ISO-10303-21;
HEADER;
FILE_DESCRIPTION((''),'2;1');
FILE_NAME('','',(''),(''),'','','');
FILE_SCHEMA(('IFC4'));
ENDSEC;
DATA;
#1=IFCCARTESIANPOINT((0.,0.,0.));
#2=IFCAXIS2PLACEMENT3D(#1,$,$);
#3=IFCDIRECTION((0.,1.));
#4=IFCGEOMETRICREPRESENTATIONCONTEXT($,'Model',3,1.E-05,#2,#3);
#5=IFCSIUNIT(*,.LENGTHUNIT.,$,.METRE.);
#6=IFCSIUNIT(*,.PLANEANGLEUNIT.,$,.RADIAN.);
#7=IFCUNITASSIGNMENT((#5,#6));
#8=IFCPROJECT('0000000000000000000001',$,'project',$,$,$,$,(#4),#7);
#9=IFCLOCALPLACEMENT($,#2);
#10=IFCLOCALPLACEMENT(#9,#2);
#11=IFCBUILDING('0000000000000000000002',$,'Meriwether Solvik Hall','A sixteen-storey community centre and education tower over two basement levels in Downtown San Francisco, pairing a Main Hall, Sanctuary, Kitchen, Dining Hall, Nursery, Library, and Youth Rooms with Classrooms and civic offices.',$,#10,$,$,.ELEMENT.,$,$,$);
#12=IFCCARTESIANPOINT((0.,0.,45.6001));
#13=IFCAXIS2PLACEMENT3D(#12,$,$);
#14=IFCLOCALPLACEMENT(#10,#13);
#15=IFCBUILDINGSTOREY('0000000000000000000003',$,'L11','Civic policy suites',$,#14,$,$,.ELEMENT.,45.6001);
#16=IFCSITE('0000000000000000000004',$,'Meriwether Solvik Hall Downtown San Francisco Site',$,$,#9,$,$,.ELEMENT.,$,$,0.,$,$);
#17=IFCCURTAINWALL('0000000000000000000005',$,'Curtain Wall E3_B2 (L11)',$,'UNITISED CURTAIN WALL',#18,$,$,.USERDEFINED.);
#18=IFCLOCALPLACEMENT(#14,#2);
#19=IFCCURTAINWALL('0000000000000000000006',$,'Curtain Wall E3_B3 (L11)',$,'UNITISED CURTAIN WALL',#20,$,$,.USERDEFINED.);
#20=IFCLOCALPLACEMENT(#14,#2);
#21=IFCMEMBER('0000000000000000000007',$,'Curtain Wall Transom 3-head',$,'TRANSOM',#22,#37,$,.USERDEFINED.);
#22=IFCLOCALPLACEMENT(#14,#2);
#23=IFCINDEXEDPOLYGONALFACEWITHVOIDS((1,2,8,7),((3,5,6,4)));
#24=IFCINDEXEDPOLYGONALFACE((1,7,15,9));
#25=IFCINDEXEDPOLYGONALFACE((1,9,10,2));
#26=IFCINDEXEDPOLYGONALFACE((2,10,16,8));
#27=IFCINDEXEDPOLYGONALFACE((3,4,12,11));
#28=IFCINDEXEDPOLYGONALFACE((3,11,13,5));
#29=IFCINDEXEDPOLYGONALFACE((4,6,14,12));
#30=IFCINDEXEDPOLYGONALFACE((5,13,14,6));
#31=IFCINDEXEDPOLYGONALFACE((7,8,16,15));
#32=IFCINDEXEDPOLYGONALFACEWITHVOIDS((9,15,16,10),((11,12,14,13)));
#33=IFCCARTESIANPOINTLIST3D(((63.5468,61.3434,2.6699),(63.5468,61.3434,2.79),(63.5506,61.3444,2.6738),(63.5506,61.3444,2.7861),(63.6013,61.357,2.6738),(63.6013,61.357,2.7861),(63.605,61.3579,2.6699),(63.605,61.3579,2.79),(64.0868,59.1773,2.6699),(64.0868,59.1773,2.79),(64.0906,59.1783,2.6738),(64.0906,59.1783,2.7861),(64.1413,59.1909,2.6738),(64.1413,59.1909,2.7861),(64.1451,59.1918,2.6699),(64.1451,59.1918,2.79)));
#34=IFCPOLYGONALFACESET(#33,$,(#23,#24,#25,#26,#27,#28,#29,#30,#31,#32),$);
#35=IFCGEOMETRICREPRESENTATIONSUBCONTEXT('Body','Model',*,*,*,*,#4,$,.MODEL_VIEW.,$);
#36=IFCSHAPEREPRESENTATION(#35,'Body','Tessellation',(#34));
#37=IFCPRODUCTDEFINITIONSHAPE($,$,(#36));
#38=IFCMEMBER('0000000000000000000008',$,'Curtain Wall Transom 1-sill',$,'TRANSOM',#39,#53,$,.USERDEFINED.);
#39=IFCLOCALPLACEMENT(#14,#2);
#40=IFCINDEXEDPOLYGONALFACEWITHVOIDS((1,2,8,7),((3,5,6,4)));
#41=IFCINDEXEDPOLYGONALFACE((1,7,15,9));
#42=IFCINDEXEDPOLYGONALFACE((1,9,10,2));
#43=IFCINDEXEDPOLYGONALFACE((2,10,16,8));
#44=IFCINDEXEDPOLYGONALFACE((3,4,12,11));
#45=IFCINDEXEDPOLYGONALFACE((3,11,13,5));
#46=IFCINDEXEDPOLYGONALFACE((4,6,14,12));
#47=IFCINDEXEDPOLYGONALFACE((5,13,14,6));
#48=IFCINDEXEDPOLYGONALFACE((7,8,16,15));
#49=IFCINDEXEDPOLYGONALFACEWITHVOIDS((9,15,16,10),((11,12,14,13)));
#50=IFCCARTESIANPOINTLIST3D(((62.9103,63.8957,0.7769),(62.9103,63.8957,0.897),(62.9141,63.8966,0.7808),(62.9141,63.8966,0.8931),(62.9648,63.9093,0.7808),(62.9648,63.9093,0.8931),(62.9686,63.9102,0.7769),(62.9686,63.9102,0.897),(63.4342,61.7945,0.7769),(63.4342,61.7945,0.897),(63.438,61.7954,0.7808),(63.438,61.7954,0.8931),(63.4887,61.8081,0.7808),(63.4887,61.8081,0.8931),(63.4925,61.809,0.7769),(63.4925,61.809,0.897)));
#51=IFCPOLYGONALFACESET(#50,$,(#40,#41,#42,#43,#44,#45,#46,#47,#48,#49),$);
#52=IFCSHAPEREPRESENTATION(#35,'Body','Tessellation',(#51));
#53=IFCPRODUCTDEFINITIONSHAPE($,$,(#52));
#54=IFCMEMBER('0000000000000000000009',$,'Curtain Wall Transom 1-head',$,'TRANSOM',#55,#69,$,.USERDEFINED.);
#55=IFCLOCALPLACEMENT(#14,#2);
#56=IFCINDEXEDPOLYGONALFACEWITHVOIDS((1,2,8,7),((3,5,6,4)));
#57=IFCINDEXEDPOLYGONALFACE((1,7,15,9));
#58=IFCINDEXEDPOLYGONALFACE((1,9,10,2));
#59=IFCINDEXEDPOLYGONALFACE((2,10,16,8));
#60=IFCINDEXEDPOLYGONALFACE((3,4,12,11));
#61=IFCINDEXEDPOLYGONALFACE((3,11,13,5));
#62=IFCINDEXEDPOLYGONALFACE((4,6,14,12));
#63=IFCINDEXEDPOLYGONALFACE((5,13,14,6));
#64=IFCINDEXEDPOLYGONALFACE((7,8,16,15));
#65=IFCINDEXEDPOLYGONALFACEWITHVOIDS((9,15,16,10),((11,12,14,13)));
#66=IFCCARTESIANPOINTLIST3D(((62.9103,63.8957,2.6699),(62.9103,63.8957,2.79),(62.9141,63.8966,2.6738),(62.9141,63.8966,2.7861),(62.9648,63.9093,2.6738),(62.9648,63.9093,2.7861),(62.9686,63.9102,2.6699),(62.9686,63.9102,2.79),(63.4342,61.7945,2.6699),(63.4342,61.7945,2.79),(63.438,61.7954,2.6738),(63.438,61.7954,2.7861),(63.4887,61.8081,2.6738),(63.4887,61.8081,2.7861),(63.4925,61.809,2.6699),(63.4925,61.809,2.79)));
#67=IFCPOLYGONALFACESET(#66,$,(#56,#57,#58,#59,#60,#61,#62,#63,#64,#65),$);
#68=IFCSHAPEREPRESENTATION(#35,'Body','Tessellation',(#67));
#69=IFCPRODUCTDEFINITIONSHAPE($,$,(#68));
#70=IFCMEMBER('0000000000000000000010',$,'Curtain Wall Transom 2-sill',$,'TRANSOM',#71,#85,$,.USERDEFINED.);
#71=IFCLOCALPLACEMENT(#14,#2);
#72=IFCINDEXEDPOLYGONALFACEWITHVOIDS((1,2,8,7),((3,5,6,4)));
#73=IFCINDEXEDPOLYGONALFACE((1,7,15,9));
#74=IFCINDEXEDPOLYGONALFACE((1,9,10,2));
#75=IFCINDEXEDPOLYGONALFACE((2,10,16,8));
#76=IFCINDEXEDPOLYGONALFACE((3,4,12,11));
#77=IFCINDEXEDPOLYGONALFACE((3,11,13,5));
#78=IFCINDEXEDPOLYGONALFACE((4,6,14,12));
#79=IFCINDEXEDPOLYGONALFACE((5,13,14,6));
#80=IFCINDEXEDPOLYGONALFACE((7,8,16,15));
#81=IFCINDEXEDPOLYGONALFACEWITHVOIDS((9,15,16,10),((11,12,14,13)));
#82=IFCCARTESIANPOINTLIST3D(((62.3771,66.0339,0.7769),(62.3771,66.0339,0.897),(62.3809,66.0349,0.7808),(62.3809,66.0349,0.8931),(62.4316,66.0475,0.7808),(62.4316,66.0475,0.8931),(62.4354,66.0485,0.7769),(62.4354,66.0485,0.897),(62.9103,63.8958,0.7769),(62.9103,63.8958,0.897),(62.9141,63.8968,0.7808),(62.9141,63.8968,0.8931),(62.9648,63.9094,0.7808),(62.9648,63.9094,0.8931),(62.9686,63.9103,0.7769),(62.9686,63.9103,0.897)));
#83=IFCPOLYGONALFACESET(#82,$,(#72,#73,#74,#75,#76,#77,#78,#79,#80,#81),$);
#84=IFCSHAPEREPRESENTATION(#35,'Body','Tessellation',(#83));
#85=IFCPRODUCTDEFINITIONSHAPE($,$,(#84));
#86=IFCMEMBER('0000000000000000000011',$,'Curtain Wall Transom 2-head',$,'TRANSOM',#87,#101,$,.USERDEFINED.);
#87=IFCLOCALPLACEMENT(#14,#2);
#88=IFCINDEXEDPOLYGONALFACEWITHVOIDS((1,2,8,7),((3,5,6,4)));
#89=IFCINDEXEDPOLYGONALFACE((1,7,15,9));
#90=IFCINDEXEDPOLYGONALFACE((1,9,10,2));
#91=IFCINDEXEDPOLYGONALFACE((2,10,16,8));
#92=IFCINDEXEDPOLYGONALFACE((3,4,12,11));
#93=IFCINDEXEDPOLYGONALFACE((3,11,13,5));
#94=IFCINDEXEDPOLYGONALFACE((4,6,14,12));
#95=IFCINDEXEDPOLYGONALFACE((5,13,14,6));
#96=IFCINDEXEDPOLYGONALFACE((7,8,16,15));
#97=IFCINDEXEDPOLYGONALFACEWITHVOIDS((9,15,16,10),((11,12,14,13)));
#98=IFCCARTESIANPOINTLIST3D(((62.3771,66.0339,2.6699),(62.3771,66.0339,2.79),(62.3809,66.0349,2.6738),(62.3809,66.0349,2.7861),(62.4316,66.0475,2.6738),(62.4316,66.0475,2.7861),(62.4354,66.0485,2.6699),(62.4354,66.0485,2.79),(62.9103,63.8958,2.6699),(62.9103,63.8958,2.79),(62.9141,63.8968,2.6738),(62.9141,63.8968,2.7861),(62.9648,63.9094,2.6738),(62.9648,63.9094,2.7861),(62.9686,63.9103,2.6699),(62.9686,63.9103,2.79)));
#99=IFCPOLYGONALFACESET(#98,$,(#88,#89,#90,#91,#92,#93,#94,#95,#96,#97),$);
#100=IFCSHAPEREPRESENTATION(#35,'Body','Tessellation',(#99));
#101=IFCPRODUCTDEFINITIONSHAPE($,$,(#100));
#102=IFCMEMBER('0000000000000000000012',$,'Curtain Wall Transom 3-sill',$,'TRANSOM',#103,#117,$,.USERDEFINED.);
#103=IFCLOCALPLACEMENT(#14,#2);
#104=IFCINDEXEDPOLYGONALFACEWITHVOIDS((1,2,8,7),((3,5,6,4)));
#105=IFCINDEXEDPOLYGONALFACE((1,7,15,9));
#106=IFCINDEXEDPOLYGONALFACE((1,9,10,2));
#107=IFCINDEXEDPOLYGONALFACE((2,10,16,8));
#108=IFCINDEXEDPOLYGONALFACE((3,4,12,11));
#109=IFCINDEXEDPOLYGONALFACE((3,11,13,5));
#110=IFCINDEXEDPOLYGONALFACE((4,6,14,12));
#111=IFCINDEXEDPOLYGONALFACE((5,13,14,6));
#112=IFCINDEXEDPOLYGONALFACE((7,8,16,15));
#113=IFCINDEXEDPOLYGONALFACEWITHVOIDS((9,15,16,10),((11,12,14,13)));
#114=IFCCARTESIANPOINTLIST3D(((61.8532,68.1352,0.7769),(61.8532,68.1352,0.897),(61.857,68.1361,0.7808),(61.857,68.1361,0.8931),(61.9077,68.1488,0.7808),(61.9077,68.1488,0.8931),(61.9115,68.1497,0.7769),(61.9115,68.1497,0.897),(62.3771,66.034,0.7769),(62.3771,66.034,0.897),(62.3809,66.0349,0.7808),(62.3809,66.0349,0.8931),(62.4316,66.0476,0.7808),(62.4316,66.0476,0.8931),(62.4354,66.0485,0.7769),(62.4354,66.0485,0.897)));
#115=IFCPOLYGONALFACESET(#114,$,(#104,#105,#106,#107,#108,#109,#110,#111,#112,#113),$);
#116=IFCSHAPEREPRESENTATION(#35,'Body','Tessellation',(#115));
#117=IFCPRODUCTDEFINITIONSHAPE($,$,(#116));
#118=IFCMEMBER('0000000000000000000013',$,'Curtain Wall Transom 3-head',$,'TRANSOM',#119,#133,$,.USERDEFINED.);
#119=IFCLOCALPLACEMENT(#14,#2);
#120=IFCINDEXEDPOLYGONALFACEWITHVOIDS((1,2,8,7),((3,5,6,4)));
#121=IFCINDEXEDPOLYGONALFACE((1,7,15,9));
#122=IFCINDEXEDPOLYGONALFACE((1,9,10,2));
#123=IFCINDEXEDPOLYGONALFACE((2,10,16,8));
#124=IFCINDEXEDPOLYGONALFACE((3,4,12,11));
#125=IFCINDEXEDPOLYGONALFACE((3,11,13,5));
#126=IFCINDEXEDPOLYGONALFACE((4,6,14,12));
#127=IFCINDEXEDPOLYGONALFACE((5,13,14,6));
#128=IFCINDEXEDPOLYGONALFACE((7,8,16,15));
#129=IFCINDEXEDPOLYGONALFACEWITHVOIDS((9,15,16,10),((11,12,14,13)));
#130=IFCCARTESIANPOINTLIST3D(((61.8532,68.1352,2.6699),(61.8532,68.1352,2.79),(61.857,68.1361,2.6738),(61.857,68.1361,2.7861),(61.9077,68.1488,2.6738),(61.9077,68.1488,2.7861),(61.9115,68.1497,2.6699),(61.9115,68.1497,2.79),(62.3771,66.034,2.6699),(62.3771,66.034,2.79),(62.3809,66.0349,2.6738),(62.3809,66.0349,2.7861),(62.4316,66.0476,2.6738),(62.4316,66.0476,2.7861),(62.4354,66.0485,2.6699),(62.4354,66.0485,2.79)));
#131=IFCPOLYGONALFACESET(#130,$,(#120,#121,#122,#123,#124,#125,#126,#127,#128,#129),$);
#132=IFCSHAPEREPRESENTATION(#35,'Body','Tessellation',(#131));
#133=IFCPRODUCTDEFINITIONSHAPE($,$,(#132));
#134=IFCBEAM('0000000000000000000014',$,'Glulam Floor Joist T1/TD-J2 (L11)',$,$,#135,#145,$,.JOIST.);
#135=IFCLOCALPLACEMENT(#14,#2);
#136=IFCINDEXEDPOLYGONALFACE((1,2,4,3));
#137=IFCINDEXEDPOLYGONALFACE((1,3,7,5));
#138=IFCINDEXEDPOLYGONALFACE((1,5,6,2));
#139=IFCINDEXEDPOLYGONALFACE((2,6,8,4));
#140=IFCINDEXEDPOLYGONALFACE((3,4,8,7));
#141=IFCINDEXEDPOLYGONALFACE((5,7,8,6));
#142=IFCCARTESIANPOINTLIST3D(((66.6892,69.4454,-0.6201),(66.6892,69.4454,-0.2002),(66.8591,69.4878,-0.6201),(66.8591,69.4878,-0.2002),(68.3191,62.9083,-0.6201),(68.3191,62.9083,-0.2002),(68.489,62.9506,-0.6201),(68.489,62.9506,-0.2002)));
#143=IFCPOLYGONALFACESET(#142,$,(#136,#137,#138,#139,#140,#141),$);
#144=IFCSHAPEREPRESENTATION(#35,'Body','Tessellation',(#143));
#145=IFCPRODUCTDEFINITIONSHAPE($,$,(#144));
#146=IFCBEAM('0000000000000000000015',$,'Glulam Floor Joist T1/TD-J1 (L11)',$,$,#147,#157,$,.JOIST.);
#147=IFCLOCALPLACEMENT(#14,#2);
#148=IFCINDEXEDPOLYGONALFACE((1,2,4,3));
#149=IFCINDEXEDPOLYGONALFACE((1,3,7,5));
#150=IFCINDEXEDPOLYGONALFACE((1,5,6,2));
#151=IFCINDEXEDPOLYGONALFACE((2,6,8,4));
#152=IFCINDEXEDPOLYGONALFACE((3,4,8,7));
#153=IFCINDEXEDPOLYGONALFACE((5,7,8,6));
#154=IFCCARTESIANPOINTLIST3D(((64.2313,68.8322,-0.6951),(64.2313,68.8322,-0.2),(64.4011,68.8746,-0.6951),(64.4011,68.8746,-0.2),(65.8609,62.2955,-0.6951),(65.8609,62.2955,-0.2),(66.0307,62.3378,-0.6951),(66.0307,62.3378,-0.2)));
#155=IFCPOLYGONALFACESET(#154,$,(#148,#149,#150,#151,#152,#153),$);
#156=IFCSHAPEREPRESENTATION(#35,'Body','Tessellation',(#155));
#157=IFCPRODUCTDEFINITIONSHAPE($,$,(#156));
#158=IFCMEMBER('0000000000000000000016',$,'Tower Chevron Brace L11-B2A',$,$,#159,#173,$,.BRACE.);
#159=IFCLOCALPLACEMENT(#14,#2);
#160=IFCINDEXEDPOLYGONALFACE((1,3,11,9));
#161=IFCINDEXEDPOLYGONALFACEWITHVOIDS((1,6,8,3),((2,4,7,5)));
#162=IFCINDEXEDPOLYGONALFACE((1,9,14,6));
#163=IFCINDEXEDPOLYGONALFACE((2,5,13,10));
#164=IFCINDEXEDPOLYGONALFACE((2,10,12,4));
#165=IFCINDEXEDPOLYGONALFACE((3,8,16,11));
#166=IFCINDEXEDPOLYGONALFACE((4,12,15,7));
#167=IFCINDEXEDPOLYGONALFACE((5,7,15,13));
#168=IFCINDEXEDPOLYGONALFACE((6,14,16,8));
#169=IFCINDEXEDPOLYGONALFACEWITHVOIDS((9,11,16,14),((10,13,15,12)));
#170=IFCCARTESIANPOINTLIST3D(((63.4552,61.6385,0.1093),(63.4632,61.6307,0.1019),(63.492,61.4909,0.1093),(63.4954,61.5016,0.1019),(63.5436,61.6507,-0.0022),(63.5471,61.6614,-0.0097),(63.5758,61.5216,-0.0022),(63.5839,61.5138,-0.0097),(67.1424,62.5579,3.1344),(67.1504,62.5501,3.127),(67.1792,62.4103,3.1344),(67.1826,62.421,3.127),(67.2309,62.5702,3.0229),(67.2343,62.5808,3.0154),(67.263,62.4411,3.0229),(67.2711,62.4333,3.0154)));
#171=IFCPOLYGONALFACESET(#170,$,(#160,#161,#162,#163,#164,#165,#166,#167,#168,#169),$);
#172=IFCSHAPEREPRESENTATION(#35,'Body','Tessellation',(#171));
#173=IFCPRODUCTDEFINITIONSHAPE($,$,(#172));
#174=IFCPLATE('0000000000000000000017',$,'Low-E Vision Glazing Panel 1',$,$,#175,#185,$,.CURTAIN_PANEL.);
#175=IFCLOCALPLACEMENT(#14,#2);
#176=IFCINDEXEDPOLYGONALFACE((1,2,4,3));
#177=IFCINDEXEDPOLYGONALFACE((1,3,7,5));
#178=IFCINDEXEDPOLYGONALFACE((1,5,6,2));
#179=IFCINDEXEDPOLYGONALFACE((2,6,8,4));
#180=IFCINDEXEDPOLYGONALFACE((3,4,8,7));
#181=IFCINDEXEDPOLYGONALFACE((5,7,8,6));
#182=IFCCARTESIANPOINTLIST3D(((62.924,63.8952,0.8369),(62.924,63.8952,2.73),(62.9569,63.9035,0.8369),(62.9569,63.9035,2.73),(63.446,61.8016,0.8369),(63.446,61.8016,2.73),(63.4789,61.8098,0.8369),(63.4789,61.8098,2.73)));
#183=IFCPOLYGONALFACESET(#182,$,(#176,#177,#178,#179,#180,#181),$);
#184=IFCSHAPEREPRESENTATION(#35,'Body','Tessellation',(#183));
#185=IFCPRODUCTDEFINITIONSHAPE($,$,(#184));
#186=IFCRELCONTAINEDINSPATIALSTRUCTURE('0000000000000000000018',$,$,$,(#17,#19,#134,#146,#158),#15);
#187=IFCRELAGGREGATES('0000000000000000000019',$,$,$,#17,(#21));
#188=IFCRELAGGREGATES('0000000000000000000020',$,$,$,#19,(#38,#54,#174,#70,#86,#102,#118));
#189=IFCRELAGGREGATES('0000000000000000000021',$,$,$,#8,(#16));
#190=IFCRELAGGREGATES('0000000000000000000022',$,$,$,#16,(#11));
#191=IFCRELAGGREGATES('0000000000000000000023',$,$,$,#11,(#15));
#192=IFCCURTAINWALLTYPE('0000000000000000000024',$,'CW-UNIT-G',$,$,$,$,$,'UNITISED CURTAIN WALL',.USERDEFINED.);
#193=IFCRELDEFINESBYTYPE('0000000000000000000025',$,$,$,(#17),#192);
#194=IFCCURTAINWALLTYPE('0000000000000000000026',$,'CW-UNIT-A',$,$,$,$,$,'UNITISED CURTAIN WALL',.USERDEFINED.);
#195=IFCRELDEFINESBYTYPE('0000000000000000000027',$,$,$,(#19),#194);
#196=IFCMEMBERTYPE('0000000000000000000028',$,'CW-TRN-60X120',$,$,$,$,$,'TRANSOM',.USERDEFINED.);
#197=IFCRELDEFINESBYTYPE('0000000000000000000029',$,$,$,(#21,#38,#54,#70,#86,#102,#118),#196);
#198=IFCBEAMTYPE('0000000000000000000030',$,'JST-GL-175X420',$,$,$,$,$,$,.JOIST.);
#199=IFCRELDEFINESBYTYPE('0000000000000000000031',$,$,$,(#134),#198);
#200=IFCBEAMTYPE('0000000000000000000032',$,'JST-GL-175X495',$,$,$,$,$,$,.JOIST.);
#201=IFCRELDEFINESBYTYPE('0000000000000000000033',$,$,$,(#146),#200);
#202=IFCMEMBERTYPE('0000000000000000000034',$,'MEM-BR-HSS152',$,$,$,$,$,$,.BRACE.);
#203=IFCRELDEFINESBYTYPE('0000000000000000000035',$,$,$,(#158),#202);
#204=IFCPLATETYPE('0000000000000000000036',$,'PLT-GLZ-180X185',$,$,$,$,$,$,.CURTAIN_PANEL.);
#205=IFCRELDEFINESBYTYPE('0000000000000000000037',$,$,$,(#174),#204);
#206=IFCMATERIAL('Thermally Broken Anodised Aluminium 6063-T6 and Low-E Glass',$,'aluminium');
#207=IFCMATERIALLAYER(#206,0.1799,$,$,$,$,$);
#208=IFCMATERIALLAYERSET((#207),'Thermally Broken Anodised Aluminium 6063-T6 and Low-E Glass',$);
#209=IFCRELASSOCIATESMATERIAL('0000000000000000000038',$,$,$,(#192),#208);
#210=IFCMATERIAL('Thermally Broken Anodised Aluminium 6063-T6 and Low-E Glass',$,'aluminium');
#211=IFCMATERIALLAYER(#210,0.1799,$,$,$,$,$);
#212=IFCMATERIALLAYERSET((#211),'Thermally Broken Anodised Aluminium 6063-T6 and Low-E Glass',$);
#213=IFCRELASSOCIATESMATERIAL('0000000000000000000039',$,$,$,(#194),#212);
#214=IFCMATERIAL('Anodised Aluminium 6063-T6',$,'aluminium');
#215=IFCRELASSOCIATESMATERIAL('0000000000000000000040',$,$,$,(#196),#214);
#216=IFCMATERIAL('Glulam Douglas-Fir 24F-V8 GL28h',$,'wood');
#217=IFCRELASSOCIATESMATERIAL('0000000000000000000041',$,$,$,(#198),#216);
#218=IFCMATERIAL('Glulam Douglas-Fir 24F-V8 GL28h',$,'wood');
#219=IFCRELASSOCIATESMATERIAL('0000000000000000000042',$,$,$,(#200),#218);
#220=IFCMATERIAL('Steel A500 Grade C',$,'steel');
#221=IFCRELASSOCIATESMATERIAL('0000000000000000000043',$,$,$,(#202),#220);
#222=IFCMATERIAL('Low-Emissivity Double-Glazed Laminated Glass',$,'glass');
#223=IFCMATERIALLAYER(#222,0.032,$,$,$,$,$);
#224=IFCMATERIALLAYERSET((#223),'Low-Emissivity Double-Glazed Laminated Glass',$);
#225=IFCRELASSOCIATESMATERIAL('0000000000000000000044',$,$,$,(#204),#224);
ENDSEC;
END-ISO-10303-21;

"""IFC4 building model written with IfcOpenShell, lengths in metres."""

from ifc_helpers import new_model, si_unit, direction, frame, origin, origin_2d, place, context, subcontext, project, spatial, rectangle, hollow_rectangle, extrude, material, layer, layer_set, material_profile, profile_set, type_object, element, aggregate, save


model = new_model("IFC4")

# Units and contexts
model_context = context("Model", 3, precision=1e-05, world=origin(), true_north=direction((0.0, 1.0)))
body_context = subcontext(model_context, "Body", "Model", "MODEL_VIEW")
ifc_project = project(units=[si_unit("LENGTHUNIT", "METRE"), si_unit("PLANEANGLEUNIT", "RADIAN")], contexts=[model_context])

# Site, building, storey
site_placement = place(None, origin())
site = spatial("IfcSite", under=ifc_project, at=site_placement, Name="Meriwether Solvik Hall Downtown San Francisco Site", CompositionType="ELEMENT", RefElevation=0.0)
building_placement = place(site_placement, origin())
building = spatial("IfcBuilding", under=site, at=building_placement, Name="Meriwether Solvik Hall", Description="A sixteen-storey community centre and education tower over two basement levels in Downtown San Francisco, pairing a Main Hall, Sanctuary, Kitchen, Dining Hall, Nursery, Library, and Youth Rooms with Classrooms and civic offices.", CompositionType="ELEMENT")
storey_placement = place(building_placement, frame((0.0, 0.0, 45.6001)))
storey = spatial("IfcBuildingStorey", under=building, at=storey_placement, Name="L11", Description="Civic policy suites", CompositionType="ELEMENT", Elevation=45.6001)

# Curtain walls
ifc_material_1 = material(Name="Thermally Broken Anodised Aluminium 6063-T6 and Low-E Glass", Category="aluminium")
ifc_layer_1 = layer(ifc_material_1, 0.1799)
ifc_layer_set_1 = layer_set([ifc_layer_1], Name="Thermally Broken Anodised Aluminium 6063-T6 and Low-E Glass")
curtain_wall_type_1 = type_object("IfcCurtainWallType", Name="CW-UNIT-G", ElementType="UNITISED CURTAIN WALL", PredefinedType="USERDEFINED", material=ifc_layer_set_1)
curtain_wall_1_placement = place(storey_placement, origin())
curtain_wall_1 = element("IfcCurtainWall", 1, at=curtain_wall_1_placement, inside=storey, type_object=curtain_wall_type_1, Name="Curtain Wall E3_B2 (L11)", ObjectType="UNITISED CURTAIN WALL", PredefinedType="USERDEFINED")
ifc_material_2 = material(Name="Thermally Broken Anodised Aluminium 6063-T6 and Low-E Glass", Category="aluminium")
ifc_layer_2 = layer(ifc_material_2, 0.1799)
ifc_layer_set_2 = layer_set([ifc_layer_2], Name="Thermally Broken Anodised Aluminium 6063-T6 and Low-E Glass")
curtain_wall_type_2 = type_object("IfcCurtainWallType", Name="CW-UNIT-A", ElementType="UNITISED CURTAIN WALL", PredefinedType="USERDEFINED", material=ifc_layer_set_2)
curtain_wall_2_placement = place(storey_placement, origin())
curtain_wall_2 = element("IfcCurtainWall", 2, at=curtain_wall_2_placement, inside=storey, type_object=curtain_wall_type_2, Name="Curtain Wall E3_B3 (L11)", ObjectType="UNITISED CURTAIN WALL", PredefinedType="USERDEFINED")

# Members
ifc_material_3 = material(Name="Anodised Aluminium 6063-T6", Category="aluminium")
ifc_material_profile_1 = material_profile(ifc_material_3, hollow_rectangle(XDim=0.0601, YDim=0.1201, WallThickness=0.0039, at=origin_2d()), Name="CWT-60X120")
ifc_profile_set_1 = profile_set([ifc_material_profile_1], Name="Anodised Aluminium 6063-T6")
member_type_1 = type_object("IfcMemberType", Name="CW-TRN-60X120", ElementType="TRANSOM", PredefinedType="USERDEFINED", material=ifc_profile_set_1)
member_1_placement = place(storey_placement, frame((64.116, 59.1846, 2.73), z_axis=(-0.241918, 0.970297, 0.0), x_axis=(-0.970297, -0.241918, 0.0)))
member_1 = element("IfcMember", 3, at=member_1_placement, type_object=member_type_1, Name="Curtain Wall Transom 3-head", ObjectType="TRANSOM", PredefinedType="USERDEFINED", context=body_context, shape_type="SweptSolid", body=[
    extrude(hollow_rectangle(XDim=0.0601, YDim=0.1201, WallThickness=0.0039, at=origin_2d()), origin(), (0.0, 0.0, 1.0), 2.2324),
])
member_2_placement = place(storey_placement, frame((63.4634, 61.8018, 0.8369), z_axis=(-0.241925, 0.970295, 0.0), x_axis=(-0.970295, -0.241925, 0.0)))
member_2 = element("IfcMember", 4, at=member_2_placement, type_object=member_type_1, Name="Curtain Wall Transom 1-sill", ObjectType="TRANSOM", PredefinedType="USERDEFINED", context=body_context, shape_type="SweptSolid", body=[
    extrude(hollow_rectangle(XDim=0.0601, YDim=0.1201, WallThickness=0.0039, at=origin_2d()), origin(), (0.0, 0.0, 1.0), 2.1655),
])
member_3_placement = place(storey_placement, frame((63.4634, 61.8018, 2.73), z_axis=(-0.241925, 0.970295, 0.0), x_axis=(-0.970295, -0.241925, 0.0)))
member_3 = element("IfcMember", 5, at=member_3_placement, type_object=member_type_1, Name="Curtain Wall Transom 1-head", ObjectType="TRANSOM", PredefinedType="USERDEFINED", context=body_context, shape_type="SweptSolid", body=[
    extrude(hollow_rectangle(XDim=0.0601, YDim=0.1201, WallThickness=0.0039, at=origin_2d()), origin(), (0.0, 0.0, 1.0), 2.1655),
])
member_4_placement = place(storey_placement, frame((62.9395, 63.9031, 0.8369), z_axis=(-0.241962, 0.970286, 0.0), x_axis=(-0.970286, -0.241962, 0.0)))
member_4 = element("IfcMember", 6, at=member_4_placement, type_object=member_type_1, Name="Curtain Wall Transom 2-sill", ObjectType="TRANSOM", PredefinedType="USERDEFINED", context=body_context, shape_type="SweptSolid", body=[
    extrude(hollow_rectangle(XDim=0.0601, YDim=0.1201, WallThickness=0.0039, at=origin_2d()), origin(), (0.0, 0.0, 1.0), 2.2036),
])
member_5_placement = place(storey_placement, frame((62.9395, 63.9031, 2.73), z_axis=(-0.241962, 0.970286, 0.0), x_axis=(-0.970286, -0.241962, 0.0)))
member_5 = element("IfcMember", 7, at=member_5_placement, type_object=member_type_1, Name="Curtain Wall Transom 2-head", ObjectType="TRANSOM", PredefinedType="USERDEFINED", context=body_context, shape_type="SweptSolid", body=[
    extrude(hollow_rectangle(XDim=0.0601, YDim=0.1201, WallThickness=0.0039, at=origin_2d()), origin(), (0.0, 0.0, 1.0), 2.2036),
])
member_6_placement = place(storey_placement, frame((62.4062, 66.0413, 0.8369), z_axis=(-0.241925, 0.970295, 0.0), x_axis=(-0.970295, -0.241925, 0.0)))
member_6 = element("IfcMember", 8, at=member_6_placement, type_object=member_type_1, Name="Curtain Wall Transom 3-sill", ObjectType="TRANSOM", PredefinedType="USERDEFINED", context=body_context, shape_type="SweptSolid", body=[
    extrude(hollow_rectangle(XDim=0.0601, YDim=0.1201, WallThickness=0.0039, at=origin_2d()), origin(), (0.0, 0.0, 1.0), 2.1655),
])
member_7_placement = place(storey_placement, frame((62.4062, 66.0413, 2.73), z_axis=(-0.241925, 0.970295, 0.0), x_axis=(-0.970295, -0.241925, 0.0)))
member_7 = element("IfcMember", 9, at=member_7_placement, type_object=member_type_1, Name="Curtain Wall Transom 3-head", ObjectType="TRANSOM", PredefinedType="USERDEFINED", context=body_context, shape_type="SweptSolid", body=[
    extrude(hollow_rectangle(XDim=0.0601, YDim=0.1201, WallThickness=0.0039, at=origin_2d()), origin(), (0.0, 0.0, 1.0), 2.1655),
])

# Beams
ifc_material_4 = material(Name="Glulam Douglas-Fir 24F-V8 GL28h", Category="wood")
ifc_material_profile_2 = material_profile(ifc_material_4, rectangle(XDim=0.175, YDim=0.4199, at=origin_2d()), Name="GLJ-175X420")
ifc_profile_set_2 = profile_set([ifc_material_profile_2], Name="Glulam Douglas-Fir 24F-V8 GL28h")
beam_type_1 = type_object("IfcBeamType", Name="JST-GL-175X420", PredefinedType="JOIST", material=ifc_profile_set_2)
beam_1_placement = place(storey_placement, frame((68.4041, 62.9294, -0.4102), z_axis=(-0.241922, 0.970296, 0.0), x_axis=(-0.970296, -0.241922, 0.0)))
element("IfcBeam", 10, at=beam_1_placement, inside=storey, type_object=beam_type_1, Name="Glulam Floor Joist T1/TD-J2 (L11)", PredefinedType="JOIST", context=body_context, shape_type="SweptSolid", body=[
    extrude(rectangle(XDim=0.175, YDim=0.4199, at=origin_2d()), origin(), (0.0, 0.0, 1.0), 6.7373),
])
ifc_material_5 = material(Name="Glulam Douglas-Fir 24F-V8 GL28h", Category="wood")
ifc_material_profile_3 = material_profile(ifc_material_5, rectangle(XDim=0.175, YDim=0.4951, at=origin_2d()), Name="GLJ-175X495")
ifc_profile_set_3 = profile_set([ifc_material_profile_3], Name="Glulam Douglas-Fir 24F-V8 GL28h")
beam_type_2 = type_object("IfcBeamType", Name="JST-GL-175X495", PredefinedType="JOIST", material=ifc_profile_set_3)
beam_2_placement = place(storey_placement, frame((65.9458, 62.3167, -0.4475), z_axis=(-0.241896, 0.970302, 0.0), x_axis=(-0.970302, -0.241896, 0.0)))
element("IfcBeam", 11, at=beam_2_placement, inside=storey, type_object=beam_type_2, Name="Glulam Floor Joist T1/TD-J1 (L11)", PredefinedType="JOIST", context=body_context, shape_type="SweptSolid", body=[
    extrude(rectangle(XDim=0.175, YDim=0.4951, at=origin_2d()), origin(), (0.0, 0.0, 1.0), 6.7368),
])

# Member
ifc_material_6 = material(Name="Steel A500 Grade C", Category="steel")
ifc_material_profile_4 = material_profile(ifc_material_6, hollow_rectangle(XDim=0.1521, YDim=0.1521, WallThickness=0.0095, at=origin_2d()), Name="HSS152X152X9.5")
ifc_profile_set_4 = profile_set([ifc_material_profile_4], Name="Steel A500 Grade C")
member_type_2 = type_object("IfcMemberType", Name="MEM-BR-HSS152", PredefinedType="BRACE", material=ifc_profile_set_4)
member_8_placement = place(storey_placement, frame((63.5195, 61.5762, 0.0498), z_axis=(0.759127, 0.189292, 0.622813), x_axis=(-0.241946, 0.97029, 0.0)))
element("IfcMember", 12, at=member_8_placement, inside=storey, type_object=member_type_2, Name="Tower Chevron Brace L11-B2A", PredefinedType="BRACE", context=body_context, shape_type="SweptSolid", body=[
    extrude(hollow_rectangle(XDim=0.1521, YDim=0.1521, WallThickness=0.0095, at=origin_2d()), origin(), (0.0, 0.0, 1.0), 4.8572),
])

# Plate
ifc_material_7 = material(Name="Low-Emissivity Double-Glazed Laminated Glass", Category="glass")
ifc_layer_3 = layer(ifc_material_7, 0.032)
ifc_layer_set_3 = layer_set([ifc_layer_3], Name="Low-Emissivity Double-Glazed Laminated Glass")
plate_type_1 = type_object("IfcPlateType", Name="PLT-GLZ-180X185", PredefinedType="CURTAIN_PANEL", material=ifc_layer_set_3)
plate_1_placement = place(storey_placement, frame((63.2014, 62.8525, 0.8369), z_axis=(0.0, 0.0, 1.0), x_axis=(-0.241922, 0.970296, 0.0)))
plate_1 = element("IfcPlate", 13, at=plate_1_placement, type_object=plate_type_1, Name="Low-E Vision Glazing Panel 1", PredefinedType="CURTAIN_PANEL", context=body_context, shape_type="SweptSolid", body=[
    extrude(rectangle(XDim=2.1577, YDim=0.0339, at=origin_2d()), origin(), (0.0, 0.0, 1.0), 1.8931),
])
aggregate(curtain_wall_1, [member_1])
aggregate(curtain_wall_2, [member_2, member_3, plate_1, member_4, member_5, member_6, member_7])

save(model, "model.ifc")
